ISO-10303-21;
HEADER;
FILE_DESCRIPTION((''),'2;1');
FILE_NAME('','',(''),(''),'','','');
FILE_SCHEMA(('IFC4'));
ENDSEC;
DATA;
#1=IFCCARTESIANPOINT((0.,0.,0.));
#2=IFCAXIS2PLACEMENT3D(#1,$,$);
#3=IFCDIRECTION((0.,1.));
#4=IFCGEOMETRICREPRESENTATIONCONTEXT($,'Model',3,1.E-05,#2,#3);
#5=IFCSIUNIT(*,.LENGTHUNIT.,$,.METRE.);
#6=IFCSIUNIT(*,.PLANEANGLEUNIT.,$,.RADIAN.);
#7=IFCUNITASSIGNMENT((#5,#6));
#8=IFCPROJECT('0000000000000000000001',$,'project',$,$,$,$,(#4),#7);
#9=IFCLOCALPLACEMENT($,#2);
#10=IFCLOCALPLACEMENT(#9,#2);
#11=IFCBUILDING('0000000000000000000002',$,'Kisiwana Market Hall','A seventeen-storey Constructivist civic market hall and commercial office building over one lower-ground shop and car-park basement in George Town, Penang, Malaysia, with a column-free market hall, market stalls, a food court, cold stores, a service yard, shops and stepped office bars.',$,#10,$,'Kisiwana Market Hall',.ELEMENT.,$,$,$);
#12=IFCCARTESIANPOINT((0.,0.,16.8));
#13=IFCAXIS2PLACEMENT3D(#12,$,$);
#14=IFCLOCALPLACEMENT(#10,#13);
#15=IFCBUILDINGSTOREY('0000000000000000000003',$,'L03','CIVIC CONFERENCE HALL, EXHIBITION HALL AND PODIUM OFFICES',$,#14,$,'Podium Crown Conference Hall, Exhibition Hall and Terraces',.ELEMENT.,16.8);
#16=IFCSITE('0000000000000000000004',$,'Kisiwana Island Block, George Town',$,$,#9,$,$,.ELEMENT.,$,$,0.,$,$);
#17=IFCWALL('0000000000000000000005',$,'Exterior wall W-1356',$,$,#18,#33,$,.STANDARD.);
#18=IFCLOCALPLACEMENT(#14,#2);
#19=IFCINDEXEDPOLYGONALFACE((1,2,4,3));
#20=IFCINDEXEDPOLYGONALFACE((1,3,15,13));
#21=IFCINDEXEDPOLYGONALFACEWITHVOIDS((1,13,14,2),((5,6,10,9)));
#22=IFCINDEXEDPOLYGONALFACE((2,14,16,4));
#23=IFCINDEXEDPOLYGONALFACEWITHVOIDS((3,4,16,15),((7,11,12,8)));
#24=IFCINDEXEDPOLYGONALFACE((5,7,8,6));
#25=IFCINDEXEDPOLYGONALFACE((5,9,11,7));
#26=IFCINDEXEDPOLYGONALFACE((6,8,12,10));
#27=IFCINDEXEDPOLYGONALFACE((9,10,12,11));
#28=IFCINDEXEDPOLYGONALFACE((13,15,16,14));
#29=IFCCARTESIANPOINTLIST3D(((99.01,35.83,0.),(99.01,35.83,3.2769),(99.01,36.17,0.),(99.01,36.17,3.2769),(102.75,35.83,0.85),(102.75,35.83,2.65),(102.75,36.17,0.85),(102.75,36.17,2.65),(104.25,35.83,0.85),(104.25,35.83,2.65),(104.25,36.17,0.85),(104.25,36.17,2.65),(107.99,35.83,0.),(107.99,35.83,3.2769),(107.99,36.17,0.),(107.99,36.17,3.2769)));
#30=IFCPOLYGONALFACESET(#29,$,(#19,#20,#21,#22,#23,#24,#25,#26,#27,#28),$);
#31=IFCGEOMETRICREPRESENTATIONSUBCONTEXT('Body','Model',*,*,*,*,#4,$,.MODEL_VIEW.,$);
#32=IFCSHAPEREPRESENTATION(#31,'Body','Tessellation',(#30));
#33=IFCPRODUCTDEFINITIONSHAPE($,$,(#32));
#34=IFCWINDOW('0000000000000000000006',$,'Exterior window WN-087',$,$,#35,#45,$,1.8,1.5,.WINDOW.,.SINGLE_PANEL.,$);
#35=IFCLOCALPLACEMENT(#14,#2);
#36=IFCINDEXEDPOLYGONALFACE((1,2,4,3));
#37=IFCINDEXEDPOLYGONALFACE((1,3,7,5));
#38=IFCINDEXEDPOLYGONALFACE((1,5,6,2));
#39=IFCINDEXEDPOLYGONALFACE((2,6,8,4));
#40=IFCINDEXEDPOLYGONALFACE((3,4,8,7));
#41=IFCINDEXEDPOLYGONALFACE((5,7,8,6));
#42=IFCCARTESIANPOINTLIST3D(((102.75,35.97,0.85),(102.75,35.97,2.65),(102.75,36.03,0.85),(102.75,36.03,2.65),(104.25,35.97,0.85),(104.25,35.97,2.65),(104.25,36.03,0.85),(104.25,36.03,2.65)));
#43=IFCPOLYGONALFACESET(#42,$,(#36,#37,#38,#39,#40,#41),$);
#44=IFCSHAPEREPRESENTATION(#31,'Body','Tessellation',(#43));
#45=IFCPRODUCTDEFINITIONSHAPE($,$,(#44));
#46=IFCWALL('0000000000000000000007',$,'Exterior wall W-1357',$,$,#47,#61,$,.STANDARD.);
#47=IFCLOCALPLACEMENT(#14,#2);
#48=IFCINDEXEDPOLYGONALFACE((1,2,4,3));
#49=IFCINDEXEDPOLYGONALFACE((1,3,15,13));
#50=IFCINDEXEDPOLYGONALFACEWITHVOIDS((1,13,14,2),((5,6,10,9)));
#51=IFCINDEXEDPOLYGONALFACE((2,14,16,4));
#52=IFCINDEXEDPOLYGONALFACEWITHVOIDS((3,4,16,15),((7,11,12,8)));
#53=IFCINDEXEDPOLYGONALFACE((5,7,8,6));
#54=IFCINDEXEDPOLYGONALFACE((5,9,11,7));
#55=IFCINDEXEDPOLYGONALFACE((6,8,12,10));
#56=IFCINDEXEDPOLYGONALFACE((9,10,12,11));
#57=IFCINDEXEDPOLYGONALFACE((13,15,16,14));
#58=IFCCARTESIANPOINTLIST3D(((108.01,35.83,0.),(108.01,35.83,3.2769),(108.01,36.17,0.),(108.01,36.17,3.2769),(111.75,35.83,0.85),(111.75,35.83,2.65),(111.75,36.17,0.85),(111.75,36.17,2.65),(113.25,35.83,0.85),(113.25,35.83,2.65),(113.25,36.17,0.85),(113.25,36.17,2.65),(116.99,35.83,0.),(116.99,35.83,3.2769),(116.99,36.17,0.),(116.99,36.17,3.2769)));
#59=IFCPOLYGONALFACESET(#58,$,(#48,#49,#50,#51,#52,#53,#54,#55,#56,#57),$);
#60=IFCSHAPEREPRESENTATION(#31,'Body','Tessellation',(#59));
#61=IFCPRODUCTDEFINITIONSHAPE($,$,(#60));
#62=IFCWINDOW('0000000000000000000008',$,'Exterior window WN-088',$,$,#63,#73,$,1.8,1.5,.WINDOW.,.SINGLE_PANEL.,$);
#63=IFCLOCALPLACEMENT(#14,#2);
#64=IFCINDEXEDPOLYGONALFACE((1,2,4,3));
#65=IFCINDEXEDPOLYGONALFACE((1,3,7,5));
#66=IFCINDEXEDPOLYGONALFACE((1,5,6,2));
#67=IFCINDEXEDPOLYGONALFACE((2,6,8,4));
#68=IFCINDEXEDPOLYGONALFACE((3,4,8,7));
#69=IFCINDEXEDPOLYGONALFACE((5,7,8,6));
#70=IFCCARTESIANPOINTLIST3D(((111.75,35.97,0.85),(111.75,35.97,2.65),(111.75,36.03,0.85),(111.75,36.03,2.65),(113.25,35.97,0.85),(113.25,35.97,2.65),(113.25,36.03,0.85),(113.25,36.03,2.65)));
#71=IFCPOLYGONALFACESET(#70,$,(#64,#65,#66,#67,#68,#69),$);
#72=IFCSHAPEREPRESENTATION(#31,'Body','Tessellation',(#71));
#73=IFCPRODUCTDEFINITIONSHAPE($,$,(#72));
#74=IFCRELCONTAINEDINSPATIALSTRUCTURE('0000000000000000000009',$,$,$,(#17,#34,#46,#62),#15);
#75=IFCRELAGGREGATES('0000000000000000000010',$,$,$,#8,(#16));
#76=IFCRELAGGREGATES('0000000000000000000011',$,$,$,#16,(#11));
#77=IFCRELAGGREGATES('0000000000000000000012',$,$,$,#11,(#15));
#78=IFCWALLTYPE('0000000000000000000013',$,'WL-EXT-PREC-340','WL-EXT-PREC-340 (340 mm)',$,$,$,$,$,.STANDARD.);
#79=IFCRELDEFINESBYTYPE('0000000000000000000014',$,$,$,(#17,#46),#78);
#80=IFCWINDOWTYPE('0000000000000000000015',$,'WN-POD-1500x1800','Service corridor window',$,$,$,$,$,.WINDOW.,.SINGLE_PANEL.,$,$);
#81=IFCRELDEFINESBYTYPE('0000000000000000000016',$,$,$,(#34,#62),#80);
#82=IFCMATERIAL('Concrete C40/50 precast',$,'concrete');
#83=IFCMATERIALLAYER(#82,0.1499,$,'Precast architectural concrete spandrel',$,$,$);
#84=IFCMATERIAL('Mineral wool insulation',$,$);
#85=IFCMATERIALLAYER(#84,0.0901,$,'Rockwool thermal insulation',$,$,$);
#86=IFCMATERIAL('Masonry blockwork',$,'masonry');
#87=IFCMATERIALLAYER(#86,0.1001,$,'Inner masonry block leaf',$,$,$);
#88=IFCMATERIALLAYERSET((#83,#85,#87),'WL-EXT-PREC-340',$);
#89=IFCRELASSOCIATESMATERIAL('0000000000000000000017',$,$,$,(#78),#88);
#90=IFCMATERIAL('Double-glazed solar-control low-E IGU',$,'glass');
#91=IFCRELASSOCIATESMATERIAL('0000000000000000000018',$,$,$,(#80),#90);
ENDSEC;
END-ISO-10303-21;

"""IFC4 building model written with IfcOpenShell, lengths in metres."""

from ifc_helpers import new_model, si_unit, direction, frame, frame_2d, origin, place, context, subcontext, project, spatial, rectangle, extrude, material, layer, layer_set, type_object, element, fill, save


model = new_model("IFC4")

# Units and contexts
model_context = context("Model", 3, precision=1e-05, world=origin(), true_north=direction((0.0, 1.0)))
body_context = subcontext(model_context, "Body", "Model", "MODEL_VIEW")
ifc_project = project(units=[si_unit("LENGTHUNIT", "METRE"), si_unit("PLANEANGLEUNIT", "RADIAN")], contexts=[model_context])

# Site, building, storey
site_placement = place(None, origin())
site = spatial("IfcSite", under=ifc_project, at=site_placement, Name="Kisiwana Island Block, George Town", CompositionType="ELEMENT", RefElevation=0.0)
building_placement = place(site_placement, origin())
building = spatial("IfcBuilding", under=site, at=building_placement, Name="Kisiwana Market Hall", Description="A seventeen-storey Constructivist civic market hall and commercial office building over one lower-ground shop and car-park basement in George Town, Penang, Malaysia, with a column-free market hall, market stalls, a food court, cold stores, a service yard, shops and stepped office bars.", LongName="Kisiwana Market Hall", CompositionType="ELEMENT")
storey_placement = place(building_placement, frame((0.0, 0.0, 16.8)))
storey = spatial("IfcBuildingStorey", under=building, at=storey_placement, Name="L03", Description="CIVIC CONFERENCE HALL, EXHIBITION HALL AND PODIUM OFFICES", LongName="Podium Crown Conference Hall, Exhibition Hall and Terraces", CompositionType="ELEMENT", Elevation=16.8)

# Walls, openings, windows
ifc_material_1 = material(Name="Concrete C40/50 precast", Category="concrete")
ifc_layer_1 = layer(ifc_material_1, 0.1499, Name="Precast architectural concrete spandrel")
ifc_material_2 = material(Name="Mineral wool insulation")
ifc_layer_2 = layer(ifc_material_2, 0.0901, Name="Rockwool thermal insulation")
ifc_material_3 = material(Name="Masonry blockwork", Category="masonry")
ifc_layer_3 = layer(ifc_material_3, 0.1001, Name="Inner masonry block leaf")
ifc_layer_set_1 = layer_set([ifc_layer_1, ifc_layer_2, ifc_layer_3], Name="WL-EXT-PREC-340")
wall_type = type_object("IfcWallType", Name="WL-EXT-PREC-340", Description="WL-EXT-PREC-340 (340 mm)", PredefinedType="STANDARD", material=ifc_layer_set_1)
wall_1_placement = place(storey_placement, frame((99.01, 36.0, 0.0), z_axis=(0.0, 0.0, 1.0), x_axis=(1.0, 0.0, 0.0)))
wall_1 = element("IfcWall", 1, at=wall_1_placement, inside=storey, type_object=wall_type, Name="Exterior wall W-1356", PredefinedType="STANDARD", context=body_context, shape_type="SweptSolid", body=[
    extrude(rectangle(XDim=8.98, YDim=0.3401, at=frame_2d((4.49, 0.0))), origin(), (0.0, 0.0, 1.0), 3.2769),
])
opening_1_placement = place(wall_1_placement, frame((3.74, 0.0, 0.8501)))
opening_1 = element("IfcOpeningElement", 2, at=opening_1_placement, cuts=wall_1, PredefinedType="OPENING", context=body_context, shape_type="SweptSolid", body=[
    extrude(rectangle(XDim=1.5, YDim=1.8, at=frame_2d((0.75, 0.8999))), frame((0.0, 0.1821, 0.0), z_axis=(0.0, -1.0, 0.0), x_axis=(1.0, 0.0, 0.0)), (0.0, 0.0, 1.0), 0.364),
])
ifc_material_4 = material(Name="Double-glazed solar-control low-E IGU", Category="glass")
window_type = type_object("IfcWindowType", Name="WN-POD-1500x1800", Description="Service corridor window", PartitioningType="SINGLE_PANEL", PredefinedType="WINDOW", material=ifc_material_4)
window_1_placement = place(opening_1_placement, origin())
window_1 = element("IfcWindow", 3, at=window_1_placement, inside=storey, type_object=window_type, Name="Exterior window WN-087", OverallHeight=1.8, OverallWidth=1.5, PartitioningType="SINGLE_PANEL", PredefinedType="WINDOW", context=body_context, shape_type="SweptSolid", body=[
    extrude(rectangle(XDim=1.5, YDim=1.8, at=frame_2d((0.75, 0.8999))), frame((0.0, 0.03, 0.0), z_axis=(0.0, -1.0, 0.0), x_axis=(1.0, 0.0, 0.0)), (0.0, 0.0, 1.0), 0.0601),
])
fill(opening_1, window_1)
wall_2_placement = place(storey_placement, frame((108.01, 36.0, 0.0), z_axis=(0.0, 0.0, 1.0), x_axis=(1.0, 0.0, 0.0)))
wall_2 = element("IfcWall", 4, at=wall_2_placement, inside=storey, type_object=wall_type, Name="Exterior wall W-1357", PredefinedType="STANDARD", context=body_context, shape_type="SweptSolid", body=[
    extrude(rectangle(XDim=8.98, YDim=0.3401, at=frame_2d((4.49, 0.0))), origin(), (0.0, 0.0, 1.0), 3.2769),
])
opening_2_placement = place(wall_2_placement, frame((3.74, 0.0, 0.8501)))
opening_2 = element("IfcOpeningElement", 5, at=opening_2_placement, cuts=wall_2, PredefinedType="OPENING", context=body_context, shape_type="SweptSolid", body=[
    extrude(rectangle(XDim=1.5, YDim=1.8, at=frame_2d((0.75, 0.8999))), frame((0.0, 0.1821, 0.0), z_axis=(0.0, -1.0, 0.0), x_axis=(1.0, 0.0, 0.0)), (0.0, 0.0, 1.0), 0.364),
])
window_2_placement = place(opening_2_placement, origin())
window_2 = element("IfcWindow", 6, at=window_2_placement, inside=storey, type_object=window_type, Name="Exterior window WN-088", OverallHeight=1.8, OverallWidth=1.5, PartitioningType="SINGLE_PANEL", PredefinedType="WINDOW", context=body_context, shape_type="SweptSolid", body=[
    extrude(rectangle(XDim=1.5, YDim=1.8, at=frame_2d((0.75, 0.8999))), frame((0.0, 0.03, 0.0), z_axis=(0.0, -1.0, 0.0), x_axis=(1.0, 0.0, 0.0)), (0.0, 0.0, 1.0), 0.0601),
])
fill(opening_2, window_2)

save(model, "model.ifc")
